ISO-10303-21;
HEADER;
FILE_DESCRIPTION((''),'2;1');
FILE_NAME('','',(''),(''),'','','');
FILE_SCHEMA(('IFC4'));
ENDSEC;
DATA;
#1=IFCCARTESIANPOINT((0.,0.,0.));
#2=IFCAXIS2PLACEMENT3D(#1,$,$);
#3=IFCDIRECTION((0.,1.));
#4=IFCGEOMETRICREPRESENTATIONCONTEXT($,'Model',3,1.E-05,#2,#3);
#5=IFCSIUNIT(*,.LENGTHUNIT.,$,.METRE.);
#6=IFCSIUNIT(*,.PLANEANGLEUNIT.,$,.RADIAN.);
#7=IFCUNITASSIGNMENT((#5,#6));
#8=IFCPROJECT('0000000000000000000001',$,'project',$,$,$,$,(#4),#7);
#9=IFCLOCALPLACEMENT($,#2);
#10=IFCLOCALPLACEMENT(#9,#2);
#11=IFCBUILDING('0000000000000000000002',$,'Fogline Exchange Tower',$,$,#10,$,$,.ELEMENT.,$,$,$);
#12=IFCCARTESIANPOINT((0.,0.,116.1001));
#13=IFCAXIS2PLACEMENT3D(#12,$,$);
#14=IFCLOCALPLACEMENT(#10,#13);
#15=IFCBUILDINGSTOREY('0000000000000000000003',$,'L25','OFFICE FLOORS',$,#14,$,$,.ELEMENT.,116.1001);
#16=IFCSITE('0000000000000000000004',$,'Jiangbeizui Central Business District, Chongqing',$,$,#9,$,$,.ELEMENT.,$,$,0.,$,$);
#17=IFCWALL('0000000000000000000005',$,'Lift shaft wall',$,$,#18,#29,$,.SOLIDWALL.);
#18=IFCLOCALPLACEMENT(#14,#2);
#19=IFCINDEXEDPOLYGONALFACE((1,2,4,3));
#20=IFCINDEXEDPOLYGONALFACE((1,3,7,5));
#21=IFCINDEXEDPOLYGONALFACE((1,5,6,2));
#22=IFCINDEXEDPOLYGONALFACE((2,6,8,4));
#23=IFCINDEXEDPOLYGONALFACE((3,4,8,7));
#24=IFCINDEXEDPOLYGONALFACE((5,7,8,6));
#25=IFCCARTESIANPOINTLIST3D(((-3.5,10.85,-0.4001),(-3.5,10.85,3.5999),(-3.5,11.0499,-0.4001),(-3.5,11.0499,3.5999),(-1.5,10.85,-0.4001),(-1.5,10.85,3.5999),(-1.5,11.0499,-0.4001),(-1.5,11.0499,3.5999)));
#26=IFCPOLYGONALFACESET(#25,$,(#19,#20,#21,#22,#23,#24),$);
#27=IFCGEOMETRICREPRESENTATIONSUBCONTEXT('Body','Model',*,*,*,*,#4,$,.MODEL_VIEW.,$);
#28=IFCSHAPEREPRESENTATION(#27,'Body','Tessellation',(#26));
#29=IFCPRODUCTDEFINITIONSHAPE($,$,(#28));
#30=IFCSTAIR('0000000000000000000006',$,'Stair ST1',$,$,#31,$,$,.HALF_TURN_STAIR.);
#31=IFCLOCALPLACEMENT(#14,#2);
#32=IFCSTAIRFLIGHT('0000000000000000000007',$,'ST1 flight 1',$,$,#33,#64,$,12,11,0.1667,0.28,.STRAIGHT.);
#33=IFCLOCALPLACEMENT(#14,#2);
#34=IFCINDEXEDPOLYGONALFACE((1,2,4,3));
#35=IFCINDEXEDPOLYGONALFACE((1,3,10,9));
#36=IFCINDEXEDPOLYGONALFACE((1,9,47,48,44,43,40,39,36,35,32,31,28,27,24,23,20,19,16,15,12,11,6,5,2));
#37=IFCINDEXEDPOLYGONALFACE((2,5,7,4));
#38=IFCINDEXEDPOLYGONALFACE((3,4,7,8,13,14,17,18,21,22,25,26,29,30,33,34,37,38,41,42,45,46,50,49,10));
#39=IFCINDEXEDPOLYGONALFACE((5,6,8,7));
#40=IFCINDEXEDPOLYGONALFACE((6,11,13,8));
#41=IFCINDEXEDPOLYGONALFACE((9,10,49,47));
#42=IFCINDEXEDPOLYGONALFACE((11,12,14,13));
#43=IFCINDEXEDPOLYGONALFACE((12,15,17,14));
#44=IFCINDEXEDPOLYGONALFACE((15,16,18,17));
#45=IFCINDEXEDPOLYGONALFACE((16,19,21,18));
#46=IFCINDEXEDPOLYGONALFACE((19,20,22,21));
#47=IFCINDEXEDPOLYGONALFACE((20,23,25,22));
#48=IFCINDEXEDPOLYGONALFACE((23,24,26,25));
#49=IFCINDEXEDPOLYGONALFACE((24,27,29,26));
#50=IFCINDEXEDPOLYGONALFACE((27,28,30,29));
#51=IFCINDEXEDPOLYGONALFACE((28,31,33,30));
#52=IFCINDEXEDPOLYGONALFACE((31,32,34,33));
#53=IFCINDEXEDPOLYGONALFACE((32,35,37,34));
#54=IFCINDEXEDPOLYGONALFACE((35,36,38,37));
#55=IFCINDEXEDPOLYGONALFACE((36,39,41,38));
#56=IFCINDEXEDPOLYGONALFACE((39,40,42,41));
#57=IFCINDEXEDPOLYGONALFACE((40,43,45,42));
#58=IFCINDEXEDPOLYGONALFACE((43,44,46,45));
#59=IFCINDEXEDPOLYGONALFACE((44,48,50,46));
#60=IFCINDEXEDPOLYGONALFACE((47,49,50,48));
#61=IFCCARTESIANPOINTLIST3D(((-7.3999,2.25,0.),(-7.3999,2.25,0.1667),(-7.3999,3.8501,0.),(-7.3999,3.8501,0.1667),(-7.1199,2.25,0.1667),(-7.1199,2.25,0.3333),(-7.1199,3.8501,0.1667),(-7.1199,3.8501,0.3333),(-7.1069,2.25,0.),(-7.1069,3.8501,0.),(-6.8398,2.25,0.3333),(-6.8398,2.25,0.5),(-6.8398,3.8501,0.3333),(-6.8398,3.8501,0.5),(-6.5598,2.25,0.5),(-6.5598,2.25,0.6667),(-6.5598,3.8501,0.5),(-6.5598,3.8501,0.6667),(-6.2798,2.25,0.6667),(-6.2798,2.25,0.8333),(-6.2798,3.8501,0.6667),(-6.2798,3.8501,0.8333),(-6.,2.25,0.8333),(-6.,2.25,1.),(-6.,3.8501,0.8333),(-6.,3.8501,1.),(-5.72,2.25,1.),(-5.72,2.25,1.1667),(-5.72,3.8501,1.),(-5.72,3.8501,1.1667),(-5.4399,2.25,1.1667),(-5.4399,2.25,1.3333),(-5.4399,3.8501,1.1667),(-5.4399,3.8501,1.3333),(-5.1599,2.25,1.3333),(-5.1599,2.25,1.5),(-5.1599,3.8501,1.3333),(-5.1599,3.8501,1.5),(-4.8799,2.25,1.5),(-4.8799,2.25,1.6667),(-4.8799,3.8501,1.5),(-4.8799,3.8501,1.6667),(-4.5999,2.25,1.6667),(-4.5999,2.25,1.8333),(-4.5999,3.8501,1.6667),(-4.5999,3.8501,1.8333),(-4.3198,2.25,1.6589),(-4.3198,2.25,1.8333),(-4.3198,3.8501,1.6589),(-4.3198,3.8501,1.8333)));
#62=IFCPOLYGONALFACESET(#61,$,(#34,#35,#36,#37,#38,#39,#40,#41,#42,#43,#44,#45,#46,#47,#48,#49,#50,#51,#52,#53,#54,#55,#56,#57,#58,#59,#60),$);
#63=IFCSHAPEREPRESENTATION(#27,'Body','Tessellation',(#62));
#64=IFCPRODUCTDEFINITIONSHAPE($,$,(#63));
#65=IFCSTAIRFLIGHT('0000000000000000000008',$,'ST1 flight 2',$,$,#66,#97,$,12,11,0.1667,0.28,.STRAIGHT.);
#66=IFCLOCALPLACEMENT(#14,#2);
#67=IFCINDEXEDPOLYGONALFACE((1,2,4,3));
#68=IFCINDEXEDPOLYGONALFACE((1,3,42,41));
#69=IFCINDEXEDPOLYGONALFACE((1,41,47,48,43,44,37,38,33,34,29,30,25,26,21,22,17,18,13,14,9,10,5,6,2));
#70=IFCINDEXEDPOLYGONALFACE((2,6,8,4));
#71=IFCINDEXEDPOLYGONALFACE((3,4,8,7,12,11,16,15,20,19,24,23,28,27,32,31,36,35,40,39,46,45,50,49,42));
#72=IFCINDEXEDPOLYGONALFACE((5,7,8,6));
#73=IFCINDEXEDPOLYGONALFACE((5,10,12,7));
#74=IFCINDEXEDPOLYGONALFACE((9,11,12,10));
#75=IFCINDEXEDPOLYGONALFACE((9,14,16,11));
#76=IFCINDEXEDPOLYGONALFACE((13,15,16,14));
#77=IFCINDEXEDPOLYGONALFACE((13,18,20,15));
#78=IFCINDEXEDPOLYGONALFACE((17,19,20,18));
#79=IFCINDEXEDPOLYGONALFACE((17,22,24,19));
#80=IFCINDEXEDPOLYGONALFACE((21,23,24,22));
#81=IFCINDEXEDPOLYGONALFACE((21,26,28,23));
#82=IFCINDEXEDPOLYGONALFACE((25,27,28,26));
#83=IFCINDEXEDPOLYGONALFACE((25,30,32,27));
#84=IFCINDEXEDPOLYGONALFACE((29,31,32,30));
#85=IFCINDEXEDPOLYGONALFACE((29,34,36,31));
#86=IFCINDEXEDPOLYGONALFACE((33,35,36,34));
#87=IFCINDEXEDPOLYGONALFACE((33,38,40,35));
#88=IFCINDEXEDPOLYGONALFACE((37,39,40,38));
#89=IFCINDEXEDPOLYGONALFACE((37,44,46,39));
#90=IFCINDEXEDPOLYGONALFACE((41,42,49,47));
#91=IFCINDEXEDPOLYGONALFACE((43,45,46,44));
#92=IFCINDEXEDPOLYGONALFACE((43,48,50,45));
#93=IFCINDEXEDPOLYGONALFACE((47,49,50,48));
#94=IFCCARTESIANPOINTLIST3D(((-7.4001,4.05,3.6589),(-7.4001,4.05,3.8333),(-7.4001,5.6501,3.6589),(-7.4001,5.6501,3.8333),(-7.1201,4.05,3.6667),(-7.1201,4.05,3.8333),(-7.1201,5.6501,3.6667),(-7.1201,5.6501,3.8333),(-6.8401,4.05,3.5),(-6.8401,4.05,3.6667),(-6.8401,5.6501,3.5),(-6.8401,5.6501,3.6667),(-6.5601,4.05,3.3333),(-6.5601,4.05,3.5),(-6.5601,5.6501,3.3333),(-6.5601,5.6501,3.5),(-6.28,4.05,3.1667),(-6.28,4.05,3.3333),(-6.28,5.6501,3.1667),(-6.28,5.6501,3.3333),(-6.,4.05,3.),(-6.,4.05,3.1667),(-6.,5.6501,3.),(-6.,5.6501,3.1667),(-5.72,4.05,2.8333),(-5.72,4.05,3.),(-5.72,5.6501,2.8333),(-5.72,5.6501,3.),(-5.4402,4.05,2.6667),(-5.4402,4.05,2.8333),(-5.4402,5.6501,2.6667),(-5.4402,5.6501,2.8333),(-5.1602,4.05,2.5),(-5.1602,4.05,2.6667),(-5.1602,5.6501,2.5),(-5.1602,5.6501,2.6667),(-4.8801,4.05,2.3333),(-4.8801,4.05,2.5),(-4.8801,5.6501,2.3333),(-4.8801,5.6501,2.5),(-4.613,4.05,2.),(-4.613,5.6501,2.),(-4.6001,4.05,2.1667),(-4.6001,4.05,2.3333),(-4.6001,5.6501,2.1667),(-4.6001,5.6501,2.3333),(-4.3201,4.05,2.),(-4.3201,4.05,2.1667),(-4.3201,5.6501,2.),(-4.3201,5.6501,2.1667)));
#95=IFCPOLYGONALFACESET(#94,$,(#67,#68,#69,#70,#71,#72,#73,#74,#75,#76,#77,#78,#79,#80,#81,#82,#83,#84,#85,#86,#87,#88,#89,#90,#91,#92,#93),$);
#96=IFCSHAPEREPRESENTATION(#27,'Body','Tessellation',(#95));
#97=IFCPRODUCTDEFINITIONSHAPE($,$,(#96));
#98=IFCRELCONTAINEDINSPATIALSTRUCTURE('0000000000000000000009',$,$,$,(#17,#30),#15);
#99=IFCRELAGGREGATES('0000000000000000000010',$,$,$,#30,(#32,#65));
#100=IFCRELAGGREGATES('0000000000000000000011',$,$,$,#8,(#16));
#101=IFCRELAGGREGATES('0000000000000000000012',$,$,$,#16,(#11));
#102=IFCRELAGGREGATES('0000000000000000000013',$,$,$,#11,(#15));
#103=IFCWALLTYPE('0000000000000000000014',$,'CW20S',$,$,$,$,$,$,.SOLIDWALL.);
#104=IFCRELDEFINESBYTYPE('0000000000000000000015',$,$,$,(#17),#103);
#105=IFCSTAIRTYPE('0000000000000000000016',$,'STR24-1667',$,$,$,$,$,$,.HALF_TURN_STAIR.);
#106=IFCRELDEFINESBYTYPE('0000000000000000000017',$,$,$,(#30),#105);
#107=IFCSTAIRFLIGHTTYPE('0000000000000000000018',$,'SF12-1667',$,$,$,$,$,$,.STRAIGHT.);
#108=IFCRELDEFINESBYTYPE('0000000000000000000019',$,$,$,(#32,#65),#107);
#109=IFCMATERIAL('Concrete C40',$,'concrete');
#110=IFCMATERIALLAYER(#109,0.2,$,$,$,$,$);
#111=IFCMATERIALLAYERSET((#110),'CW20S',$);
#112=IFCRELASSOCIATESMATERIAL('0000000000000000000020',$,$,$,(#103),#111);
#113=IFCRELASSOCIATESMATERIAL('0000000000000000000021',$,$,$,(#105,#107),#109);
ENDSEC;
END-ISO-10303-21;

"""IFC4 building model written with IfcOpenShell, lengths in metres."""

from ifc_helpers import new_model, si_unit, direction, frame, frame_2d, origin, place, context, subcontext, project, spatial, polyline, rectangle, outline, extrude, material, layer, layer_set, type_object, element, aggregate, save


model = new_model("IFC4")

# Units and contexts
model_context = context("Model", 3, precision=1e-05, world=origin(), true_north=direction((0.0, 1.0)))
body_context = subcontext(model_context, "Body", "Model", "MODEL_VIEW")
ifc_project = project(units=[si_unit("LENGTHUNIT", "METRE"), si_unit("PLANEANGLEUNIT", "RADIAN")], contexts=[model_context])

# Site, building, storey
site_placement = place(None, origin())
site = spatial("IfcSite", under=ifc_project, at=site_placement, Name="Jiangbeizui Central Business District, Chongqing", CompositionType="ELEMENT", RefElevation=0.0)
building_placement = place(site_placement, origin())
building = spatial("IfcBuilding", under=site, at=building_placement, Name="Fogline Exchange Tower", CompositionType="ELEMENT")
storey_placement = place(building_placement, frame((0.0, 0.0, 116.1001)))
storey = spatial("IfcBuildingStorey", under=building, at=storey_placement, Name="L25", Description="OFFICE FLOORS", CompositionType="ELEMENT", Elevation=116.1001)

# Shared definitions
ifc_material_1 = material(Name="Concrete C40", Category="concrete")

# Shared definitions
ifc_layer_1 = layer(ifc_material_1, 0.2)
ifc_layer_set_1 = layer_set([ifc_layer_1], Name="CW20S")
wall_type_1 = type_object("IfcWallType", Name="CW20S", PredefinedType="SOLIDWALL", material=ifc_layer_set_1)

# Wall
for number, where, z_axis, x_axis, name in (
    (1, (-3.5, 10.95, -0.4001), (0.0, 0.0, 1.0), (1.0, 0.0, 0.0), "Lift shaft wall"),
):
    element("IfcWall", number, at=place(storey_placement, frame(where, z_axis=z_axis, x_axis=x_axis)), inside=storey, type_object=wall_type_1, Name=name, PredefinedType="SOLIDWALL", context=body_context, shape_type="SweptSolid", body=[
        extrude(rectangle(XDim=2.0, YDim=0.2, at=frame_2d((1.0, 0.0))), origin(), (0.0, 0.0, 1.0), 4.0),
    ])

# Stair, stair flights
stair_type = type_object("IfcStairType", Name="STR24-1667", PredefinedType="HALF_TURN_STAIR", material=ifc_material_1)
stair_placement = place(storey_placement, origin())
stair = element("IfcStair", 2, at=stair_placement, inside=storey, type_object=stair_type, Name="Stair ST1", PredefinedType="HALF_TURN_STAIR")
stair_flight_type = type_object("IfcStairFlightType", Name="SF12-1667", PredefinedType="STRAIGHT", material=ifc_material_1)
stair_flight_1_placement = place(storey_placement, frame((-7.3999, 3.05, 0.0), z_axis=(0.0, 0.0, 1.0), x_axis=(1.0, 0.0, 0.0)))
stair_flight_1 = element("IfcStairFlight", 3, at=stair_flight_1_placement, type_object=stair_flight_type, Name="ST1 flight 1", NumberOfRisers=12, NumberOfTreads=11, PredefinedType="STRAIGHT", RiserHeight=0.1667, TreadLength=0.28, context=body_context, shape_type="SweptSolid", body=[
    extrude(outline(polyline([(0.0, 0.0), (0.0, 0.1667), (0.28, 0.1667), (0.28, 0.3333), (0.5601, 0.3333), (0.5601, 0.5), (0.8401, 0.5), (0.8401, 0.6667), (1.1201, 0.6667), (1.1201, 0.8333), (1.3999, 0.8333), (1.3999, 1.0), (1.6799, 1.0), (1.6799, 1.1667), (1.96, 1.1667), (1.96, 1.3333), (2.24, 1.3333), (2.24, 1.5), (2.52, 1.5), (2.52, 1.6667), (2.8, 1.6667), (2.8, 1.8333), (3.0801, 1.8333), (3.0801, 2.0), (3.0801, 1.6589), (0.293, 0.0), (0.0, 0.0)])), frame((0.0, 0.8, 0.0), z_axis=(0.0, -1.0, 0.0), x_axis=(1.0, 0.0, 0.0)), (0.0, 0.0, 1.0), 1.6001),
])
stair_flight_2_placement = place(storey_placement, frame((-4.3201, 4.8501, 2.0), z_axis=(0.0, 0.0, 1.0), x_axis=(-1.0, 0.0, 0.0)))
stair_flight_2 = element("IfcStairFlight", 4, at=stair_flight_2_placement, type_object=stair_flight_type, Name="ST1 flight 2", NumberOfRisers=12, NumberOfTreads=11, PredefinedType="STRAIGHT", RiserHeight=0.1667, TreadLength=0.28, context=body_context, shape_type="SweptSolid", body=[
    extrude(outline(polyline([(0.0, 0.0), (0.0, 0.1667), (0.28, 0.1667), (0.28, 0.3333), (0.5601, 0.3333), (0.5601, 0.5), (0.8401, 0.5), (0.8401, 0.6667), (1.1201, 0.6667), (1.1201, 0.8333), (1.3999, 0.8333), (1.3999, 1.0), (1.6799, 1.0), (1.6799, 1.1667), (1.96, 1.1667), (1.96, 1.3333), (2.24, 1.3333), (2.24, 1.5), (2.52, 1.5), (2.52, 1.6667), (2.8, 1.6667), (2.8, 1.8333), (3.0801, 1.8333), (3.0801, 2.0), (3.0801, 1.6589), (0.293, 0.0), (0.0, 0.0)])), frame((0.0, 0.8, 0.0), z_axis=(0.0, -1.0, 0.0), x_axis=(1.0, 0.0, 0.0)), (0.0, 0.0, 1.0), 1.6001),
])
aggregate(stair, [stair_flight_1, stair_flight_2])

save(model, "model.ifc")
